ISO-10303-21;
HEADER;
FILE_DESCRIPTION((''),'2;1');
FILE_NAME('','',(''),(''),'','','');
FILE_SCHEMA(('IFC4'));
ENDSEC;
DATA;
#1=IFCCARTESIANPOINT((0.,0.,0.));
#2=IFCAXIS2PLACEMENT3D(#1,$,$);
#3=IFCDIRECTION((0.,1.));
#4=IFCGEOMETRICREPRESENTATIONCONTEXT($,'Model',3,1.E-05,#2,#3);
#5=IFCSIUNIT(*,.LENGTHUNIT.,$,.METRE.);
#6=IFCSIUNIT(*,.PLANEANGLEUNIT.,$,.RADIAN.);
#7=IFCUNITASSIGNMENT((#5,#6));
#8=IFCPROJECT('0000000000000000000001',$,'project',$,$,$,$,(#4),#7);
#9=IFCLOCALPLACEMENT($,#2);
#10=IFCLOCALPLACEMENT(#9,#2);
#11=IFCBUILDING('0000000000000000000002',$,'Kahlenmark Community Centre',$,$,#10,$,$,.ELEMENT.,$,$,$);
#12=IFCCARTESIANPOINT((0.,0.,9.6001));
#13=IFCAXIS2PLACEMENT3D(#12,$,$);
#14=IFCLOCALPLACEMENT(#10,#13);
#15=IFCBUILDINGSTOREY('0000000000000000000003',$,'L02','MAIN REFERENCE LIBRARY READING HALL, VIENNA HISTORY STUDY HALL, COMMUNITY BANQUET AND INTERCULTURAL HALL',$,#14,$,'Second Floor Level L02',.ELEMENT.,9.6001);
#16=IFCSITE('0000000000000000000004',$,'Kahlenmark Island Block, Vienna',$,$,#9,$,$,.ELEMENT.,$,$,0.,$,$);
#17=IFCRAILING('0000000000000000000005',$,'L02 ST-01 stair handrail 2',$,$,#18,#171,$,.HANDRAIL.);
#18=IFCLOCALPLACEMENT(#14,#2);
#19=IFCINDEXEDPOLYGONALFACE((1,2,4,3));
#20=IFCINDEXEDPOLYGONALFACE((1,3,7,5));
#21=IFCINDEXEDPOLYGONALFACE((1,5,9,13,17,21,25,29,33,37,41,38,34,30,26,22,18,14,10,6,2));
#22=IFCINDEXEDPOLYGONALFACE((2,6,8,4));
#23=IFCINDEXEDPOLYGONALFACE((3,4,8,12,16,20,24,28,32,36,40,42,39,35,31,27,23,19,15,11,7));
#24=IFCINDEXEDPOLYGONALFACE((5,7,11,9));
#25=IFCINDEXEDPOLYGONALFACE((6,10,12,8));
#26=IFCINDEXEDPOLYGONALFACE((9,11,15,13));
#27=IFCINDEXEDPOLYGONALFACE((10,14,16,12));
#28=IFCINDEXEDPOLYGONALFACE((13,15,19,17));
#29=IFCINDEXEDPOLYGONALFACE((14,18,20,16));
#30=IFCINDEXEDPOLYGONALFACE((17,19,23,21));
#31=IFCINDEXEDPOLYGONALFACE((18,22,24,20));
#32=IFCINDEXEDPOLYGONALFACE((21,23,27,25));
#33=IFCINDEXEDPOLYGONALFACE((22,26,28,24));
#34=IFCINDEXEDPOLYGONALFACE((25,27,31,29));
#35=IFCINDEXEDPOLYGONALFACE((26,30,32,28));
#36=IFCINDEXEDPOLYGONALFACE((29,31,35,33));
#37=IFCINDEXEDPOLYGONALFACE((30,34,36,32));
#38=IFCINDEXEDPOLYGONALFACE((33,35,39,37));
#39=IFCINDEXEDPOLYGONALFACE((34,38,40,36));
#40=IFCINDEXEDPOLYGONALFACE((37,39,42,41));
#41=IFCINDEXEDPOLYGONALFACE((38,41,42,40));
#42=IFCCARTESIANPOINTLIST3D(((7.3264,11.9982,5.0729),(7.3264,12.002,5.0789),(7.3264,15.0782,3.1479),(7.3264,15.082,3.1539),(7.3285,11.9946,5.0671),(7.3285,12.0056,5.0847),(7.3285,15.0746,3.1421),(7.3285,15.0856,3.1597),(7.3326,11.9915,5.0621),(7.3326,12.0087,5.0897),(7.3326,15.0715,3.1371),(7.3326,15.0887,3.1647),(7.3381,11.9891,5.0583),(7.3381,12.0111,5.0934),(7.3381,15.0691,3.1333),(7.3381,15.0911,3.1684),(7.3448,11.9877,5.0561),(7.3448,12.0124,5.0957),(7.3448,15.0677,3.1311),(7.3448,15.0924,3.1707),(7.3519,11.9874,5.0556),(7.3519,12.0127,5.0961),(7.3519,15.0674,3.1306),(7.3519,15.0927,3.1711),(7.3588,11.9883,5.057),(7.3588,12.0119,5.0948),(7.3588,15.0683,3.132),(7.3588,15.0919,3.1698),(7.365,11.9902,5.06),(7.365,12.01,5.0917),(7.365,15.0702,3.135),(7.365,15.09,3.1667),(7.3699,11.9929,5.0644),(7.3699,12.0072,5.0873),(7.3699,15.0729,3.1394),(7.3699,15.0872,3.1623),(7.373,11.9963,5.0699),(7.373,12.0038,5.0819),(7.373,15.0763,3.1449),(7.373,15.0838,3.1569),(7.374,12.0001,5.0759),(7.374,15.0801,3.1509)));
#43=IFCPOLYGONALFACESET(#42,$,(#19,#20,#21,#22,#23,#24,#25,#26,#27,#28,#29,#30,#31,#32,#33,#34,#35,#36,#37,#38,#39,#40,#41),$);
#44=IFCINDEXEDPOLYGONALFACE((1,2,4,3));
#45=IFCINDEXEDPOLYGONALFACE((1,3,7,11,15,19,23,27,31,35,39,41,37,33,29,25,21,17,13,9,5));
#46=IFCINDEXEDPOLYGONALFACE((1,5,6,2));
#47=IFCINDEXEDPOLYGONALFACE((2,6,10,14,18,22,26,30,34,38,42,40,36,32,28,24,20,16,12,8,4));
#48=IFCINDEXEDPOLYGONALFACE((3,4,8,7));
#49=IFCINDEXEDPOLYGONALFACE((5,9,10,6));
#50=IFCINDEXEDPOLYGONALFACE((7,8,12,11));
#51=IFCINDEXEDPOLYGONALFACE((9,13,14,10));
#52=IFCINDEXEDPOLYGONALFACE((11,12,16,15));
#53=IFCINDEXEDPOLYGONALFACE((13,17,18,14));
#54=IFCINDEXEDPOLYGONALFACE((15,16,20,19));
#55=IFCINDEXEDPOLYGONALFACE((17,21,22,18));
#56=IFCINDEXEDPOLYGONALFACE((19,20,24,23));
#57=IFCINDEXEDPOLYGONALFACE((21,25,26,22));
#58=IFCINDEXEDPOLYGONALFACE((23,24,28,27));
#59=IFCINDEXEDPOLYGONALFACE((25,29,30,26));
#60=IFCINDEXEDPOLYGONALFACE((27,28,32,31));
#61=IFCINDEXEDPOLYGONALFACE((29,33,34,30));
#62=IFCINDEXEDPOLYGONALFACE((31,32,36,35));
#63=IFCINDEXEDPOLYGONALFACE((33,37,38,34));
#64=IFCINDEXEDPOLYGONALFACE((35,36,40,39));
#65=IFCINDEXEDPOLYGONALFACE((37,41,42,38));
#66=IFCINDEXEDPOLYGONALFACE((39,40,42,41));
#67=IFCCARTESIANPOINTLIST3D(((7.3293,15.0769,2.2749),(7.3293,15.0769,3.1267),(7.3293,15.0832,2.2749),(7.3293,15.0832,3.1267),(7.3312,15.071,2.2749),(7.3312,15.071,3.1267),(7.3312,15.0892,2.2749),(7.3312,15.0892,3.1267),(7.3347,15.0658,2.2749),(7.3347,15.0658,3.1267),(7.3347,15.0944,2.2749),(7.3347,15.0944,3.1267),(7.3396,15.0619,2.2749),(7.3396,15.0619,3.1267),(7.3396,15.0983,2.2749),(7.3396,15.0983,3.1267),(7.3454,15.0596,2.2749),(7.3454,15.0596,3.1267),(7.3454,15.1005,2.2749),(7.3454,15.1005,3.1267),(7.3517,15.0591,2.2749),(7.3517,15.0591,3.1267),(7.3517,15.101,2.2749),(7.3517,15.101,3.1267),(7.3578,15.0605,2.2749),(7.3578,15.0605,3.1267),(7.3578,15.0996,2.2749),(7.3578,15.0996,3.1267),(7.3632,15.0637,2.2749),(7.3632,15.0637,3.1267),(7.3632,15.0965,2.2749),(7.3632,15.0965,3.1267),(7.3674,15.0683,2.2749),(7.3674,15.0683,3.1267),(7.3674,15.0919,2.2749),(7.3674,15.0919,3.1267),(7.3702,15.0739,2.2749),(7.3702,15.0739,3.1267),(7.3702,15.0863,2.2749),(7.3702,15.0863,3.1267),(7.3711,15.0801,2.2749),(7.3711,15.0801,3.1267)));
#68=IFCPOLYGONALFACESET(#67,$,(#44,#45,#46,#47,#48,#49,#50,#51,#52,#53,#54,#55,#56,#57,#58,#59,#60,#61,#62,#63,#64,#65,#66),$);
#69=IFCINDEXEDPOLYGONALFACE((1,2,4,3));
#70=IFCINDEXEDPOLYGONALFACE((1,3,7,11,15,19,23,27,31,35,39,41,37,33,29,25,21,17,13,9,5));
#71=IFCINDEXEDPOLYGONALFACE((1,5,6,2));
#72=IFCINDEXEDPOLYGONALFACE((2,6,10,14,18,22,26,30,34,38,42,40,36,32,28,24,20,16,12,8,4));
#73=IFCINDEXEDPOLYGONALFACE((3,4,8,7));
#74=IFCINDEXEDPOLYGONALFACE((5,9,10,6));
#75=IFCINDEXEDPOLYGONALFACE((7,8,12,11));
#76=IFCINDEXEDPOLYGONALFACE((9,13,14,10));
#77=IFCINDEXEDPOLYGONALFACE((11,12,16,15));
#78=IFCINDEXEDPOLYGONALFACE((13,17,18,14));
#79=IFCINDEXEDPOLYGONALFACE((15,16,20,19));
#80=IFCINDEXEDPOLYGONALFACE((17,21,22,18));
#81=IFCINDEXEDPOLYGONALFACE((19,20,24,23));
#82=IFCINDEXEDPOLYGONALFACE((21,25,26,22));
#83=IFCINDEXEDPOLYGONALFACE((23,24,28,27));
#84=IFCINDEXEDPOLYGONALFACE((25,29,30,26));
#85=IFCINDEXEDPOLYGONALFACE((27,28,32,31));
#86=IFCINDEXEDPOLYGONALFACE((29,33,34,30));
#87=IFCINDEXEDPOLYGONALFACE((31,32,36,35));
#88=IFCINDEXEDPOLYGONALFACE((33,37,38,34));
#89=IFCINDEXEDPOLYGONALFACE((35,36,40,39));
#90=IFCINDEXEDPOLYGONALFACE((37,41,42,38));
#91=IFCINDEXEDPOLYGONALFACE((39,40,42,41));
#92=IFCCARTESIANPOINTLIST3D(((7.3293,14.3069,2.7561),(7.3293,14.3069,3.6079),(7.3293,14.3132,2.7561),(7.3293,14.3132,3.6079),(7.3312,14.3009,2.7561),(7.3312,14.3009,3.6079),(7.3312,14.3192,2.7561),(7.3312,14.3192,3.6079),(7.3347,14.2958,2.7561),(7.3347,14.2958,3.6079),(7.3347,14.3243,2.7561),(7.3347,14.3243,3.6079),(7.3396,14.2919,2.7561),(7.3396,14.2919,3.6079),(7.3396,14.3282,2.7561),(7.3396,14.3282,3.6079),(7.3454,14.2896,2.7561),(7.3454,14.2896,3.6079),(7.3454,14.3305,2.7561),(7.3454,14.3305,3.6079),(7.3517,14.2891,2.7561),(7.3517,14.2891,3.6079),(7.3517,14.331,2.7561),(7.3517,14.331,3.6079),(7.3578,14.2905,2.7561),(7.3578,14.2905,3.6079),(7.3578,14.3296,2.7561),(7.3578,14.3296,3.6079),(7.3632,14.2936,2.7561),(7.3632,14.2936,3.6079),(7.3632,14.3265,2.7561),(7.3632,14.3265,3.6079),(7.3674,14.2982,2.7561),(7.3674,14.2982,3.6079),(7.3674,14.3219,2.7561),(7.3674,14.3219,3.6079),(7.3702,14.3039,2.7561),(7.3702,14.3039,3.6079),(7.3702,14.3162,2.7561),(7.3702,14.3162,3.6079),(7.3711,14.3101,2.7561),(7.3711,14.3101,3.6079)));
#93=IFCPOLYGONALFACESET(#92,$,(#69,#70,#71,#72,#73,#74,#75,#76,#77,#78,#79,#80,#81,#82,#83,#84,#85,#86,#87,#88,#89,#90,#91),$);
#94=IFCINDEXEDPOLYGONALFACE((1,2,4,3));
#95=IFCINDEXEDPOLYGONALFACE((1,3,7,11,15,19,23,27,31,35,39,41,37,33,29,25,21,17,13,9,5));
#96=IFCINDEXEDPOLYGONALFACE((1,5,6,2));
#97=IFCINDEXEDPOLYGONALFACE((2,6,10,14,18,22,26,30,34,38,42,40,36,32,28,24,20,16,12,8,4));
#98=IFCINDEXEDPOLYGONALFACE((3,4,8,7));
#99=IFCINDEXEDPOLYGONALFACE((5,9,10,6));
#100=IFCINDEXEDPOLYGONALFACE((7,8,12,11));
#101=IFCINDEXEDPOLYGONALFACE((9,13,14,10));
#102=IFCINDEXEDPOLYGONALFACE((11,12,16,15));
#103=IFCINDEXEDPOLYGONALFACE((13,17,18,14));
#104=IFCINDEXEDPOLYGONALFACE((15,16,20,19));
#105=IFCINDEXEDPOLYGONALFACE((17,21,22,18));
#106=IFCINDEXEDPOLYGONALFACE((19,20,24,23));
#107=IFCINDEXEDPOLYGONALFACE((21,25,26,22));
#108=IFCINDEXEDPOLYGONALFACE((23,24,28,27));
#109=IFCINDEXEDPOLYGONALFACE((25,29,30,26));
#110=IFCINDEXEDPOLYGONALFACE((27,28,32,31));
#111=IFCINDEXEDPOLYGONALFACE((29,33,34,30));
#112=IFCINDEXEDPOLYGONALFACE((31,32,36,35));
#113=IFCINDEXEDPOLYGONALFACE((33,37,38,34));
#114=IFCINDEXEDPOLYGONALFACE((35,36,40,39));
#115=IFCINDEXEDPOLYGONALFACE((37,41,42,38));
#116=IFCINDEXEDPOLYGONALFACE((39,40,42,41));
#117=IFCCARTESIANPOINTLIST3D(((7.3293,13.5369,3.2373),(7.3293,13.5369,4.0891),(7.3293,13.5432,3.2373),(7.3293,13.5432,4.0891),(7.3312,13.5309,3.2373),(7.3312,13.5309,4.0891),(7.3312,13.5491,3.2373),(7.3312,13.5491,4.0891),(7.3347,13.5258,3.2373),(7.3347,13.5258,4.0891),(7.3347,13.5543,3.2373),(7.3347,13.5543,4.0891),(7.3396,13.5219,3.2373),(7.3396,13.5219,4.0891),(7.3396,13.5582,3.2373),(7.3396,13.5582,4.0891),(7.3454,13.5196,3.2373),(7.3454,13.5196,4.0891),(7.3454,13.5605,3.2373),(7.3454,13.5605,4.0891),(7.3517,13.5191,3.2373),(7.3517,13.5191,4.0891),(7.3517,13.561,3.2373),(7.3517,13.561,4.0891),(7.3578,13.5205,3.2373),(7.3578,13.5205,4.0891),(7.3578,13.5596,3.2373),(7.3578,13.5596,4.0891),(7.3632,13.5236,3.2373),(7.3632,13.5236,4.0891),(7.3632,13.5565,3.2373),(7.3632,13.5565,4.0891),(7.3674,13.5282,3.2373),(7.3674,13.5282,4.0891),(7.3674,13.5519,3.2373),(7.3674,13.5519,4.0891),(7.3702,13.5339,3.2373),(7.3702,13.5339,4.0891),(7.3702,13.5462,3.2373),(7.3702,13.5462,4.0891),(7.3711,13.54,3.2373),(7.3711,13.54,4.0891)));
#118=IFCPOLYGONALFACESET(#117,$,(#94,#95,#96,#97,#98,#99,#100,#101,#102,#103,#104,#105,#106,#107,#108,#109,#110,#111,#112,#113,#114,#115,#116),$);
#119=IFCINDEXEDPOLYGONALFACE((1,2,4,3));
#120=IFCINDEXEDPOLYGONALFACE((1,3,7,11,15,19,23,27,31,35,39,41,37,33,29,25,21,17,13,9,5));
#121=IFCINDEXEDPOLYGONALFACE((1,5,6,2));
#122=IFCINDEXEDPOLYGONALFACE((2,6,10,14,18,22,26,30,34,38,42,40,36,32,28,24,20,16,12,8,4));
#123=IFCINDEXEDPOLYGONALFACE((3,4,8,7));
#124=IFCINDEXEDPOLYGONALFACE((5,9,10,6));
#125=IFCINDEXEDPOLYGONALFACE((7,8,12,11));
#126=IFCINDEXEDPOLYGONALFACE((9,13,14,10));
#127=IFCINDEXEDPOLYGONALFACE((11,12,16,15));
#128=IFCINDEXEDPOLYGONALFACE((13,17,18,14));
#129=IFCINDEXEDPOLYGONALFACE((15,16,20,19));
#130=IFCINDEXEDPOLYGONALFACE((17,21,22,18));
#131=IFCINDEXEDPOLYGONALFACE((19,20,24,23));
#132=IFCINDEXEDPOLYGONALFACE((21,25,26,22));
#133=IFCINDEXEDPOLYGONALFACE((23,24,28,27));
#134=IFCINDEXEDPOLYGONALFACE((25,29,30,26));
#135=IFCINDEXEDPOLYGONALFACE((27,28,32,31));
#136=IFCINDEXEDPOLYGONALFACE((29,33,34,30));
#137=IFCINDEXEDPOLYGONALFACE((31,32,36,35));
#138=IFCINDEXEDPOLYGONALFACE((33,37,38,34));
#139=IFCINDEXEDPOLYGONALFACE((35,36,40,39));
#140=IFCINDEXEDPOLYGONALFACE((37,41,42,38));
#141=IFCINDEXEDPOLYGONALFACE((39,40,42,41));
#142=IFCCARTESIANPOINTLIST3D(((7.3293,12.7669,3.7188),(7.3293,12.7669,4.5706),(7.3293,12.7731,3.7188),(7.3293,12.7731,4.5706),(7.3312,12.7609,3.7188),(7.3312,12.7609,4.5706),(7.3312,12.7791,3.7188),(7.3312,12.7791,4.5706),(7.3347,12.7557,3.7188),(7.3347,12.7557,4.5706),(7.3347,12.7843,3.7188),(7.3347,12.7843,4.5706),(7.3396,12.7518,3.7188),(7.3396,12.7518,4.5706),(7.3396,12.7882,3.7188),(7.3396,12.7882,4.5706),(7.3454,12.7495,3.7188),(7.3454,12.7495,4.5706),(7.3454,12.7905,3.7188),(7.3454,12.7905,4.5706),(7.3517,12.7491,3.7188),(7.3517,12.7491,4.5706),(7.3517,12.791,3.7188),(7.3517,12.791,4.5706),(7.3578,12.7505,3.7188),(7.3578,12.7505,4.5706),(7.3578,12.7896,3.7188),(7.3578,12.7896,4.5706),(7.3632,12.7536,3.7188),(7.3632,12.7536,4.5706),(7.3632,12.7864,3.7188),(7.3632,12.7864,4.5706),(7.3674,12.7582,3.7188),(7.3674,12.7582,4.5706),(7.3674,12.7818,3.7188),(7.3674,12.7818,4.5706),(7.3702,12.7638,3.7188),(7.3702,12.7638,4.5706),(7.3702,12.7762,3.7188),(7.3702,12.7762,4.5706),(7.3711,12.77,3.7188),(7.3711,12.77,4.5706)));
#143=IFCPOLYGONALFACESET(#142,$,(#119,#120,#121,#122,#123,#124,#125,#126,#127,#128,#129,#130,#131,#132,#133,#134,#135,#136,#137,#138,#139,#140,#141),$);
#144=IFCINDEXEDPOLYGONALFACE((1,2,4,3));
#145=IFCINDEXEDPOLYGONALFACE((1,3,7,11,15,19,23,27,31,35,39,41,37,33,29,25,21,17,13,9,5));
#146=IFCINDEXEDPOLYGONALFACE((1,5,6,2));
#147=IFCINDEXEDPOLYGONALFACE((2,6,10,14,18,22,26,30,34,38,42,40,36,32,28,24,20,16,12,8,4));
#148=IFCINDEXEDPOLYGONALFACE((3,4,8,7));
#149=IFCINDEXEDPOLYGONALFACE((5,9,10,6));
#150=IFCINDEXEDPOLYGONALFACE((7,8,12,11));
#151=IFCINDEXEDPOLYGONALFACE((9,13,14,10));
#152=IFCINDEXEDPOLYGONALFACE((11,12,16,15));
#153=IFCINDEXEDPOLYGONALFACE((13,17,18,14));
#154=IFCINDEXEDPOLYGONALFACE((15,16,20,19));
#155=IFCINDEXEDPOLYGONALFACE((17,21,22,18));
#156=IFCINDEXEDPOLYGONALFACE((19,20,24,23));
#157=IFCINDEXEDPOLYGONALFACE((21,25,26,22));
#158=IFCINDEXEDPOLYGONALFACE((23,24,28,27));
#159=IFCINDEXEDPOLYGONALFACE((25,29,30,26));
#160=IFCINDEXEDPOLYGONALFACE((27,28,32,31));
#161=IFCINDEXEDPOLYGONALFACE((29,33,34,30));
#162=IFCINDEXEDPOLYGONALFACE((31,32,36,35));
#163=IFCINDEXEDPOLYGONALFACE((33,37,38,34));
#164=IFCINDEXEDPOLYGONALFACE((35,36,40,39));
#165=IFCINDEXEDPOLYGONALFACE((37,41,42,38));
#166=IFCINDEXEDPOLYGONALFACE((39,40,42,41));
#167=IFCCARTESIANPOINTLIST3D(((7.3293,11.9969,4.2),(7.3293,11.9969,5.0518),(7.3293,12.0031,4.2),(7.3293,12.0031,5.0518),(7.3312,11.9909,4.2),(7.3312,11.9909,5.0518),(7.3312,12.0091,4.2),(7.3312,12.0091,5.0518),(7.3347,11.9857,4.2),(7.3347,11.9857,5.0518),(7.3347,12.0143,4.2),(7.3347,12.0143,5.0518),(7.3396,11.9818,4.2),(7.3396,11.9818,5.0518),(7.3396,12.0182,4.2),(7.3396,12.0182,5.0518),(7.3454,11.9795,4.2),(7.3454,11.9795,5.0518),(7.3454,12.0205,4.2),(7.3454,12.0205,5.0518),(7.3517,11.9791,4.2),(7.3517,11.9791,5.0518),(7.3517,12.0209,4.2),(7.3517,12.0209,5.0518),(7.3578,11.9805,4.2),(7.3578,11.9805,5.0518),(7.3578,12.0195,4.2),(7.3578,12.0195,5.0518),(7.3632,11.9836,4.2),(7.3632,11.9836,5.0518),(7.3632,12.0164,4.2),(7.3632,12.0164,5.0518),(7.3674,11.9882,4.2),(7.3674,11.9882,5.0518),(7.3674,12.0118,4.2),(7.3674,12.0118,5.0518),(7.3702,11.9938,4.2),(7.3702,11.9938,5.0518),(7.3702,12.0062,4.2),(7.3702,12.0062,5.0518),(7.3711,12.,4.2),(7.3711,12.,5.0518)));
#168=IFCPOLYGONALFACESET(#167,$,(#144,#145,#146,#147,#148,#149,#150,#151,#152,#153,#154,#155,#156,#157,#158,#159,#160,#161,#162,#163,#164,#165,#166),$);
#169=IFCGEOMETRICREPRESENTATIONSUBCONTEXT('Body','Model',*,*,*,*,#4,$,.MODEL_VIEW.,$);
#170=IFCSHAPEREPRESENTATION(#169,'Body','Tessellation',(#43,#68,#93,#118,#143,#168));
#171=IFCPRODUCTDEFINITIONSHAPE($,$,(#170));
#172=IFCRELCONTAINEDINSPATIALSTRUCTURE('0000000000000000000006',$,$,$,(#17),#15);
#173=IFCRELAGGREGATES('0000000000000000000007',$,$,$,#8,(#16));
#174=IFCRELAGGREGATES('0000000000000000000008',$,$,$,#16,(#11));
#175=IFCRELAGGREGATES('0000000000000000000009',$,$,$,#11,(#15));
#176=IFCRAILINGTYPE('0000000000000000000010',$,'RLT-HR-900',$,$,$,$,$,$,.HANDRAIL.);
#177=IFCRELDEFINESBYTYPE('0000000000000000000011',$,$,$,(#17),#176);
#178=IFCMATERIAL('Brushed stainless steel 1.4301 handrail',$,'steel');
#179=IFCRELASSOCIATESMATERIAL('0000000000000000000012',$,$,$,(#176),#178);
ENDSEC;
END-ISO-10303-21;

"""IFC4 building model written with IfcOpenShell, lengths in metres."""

from ifc_helpers import new_model, si_unit, direction, frame, origin, origin_2d, place, context, subcontext, project, spatial, circle, extrude, material, type_object, element, save


model = new_model("IFC4")

# Units and contexts
model_context = context("Model", 3, precision=1e-05, world=origin(), true_north=direction((0.0, 1.0)))
body_context = subcontext(model_context, "Body", "Model", "MODEL_VIEW")
ifc_project = project(units=[si_unit("LENGTHUNIT", "METRE"), si_unit("PLANEANGLEUNIT", "RADIAN")], contexts=[model_context])

# Site, building, storey
site_placement = place(None, origin())
site = spatial("IfcSite", under=ifc_project, at=site_placement, Name="Kahlenmark Island Block, Vienna", CompositionType="ELEMENT", RefElevation=0.0)
building_placement = place(site_placement, origin())
building = spatial("IfcBuilding", under=site, at=building_placement, Name="Kahlenmark Community Centre", CompositionType="ELEMENT")
storey_placement = place(building_placement, frame((0.0, 0.0, 9.6001)))
storey = spatial("IfcBuildingStorey", under=building, at=storey_placement, Name="L02", Description="MAIN REFERENCE LIBRARY READING HALL, VIENNA HISTORY STUDY HALL, COMMUNITY BANQUET AND INTERCULTURAL HALL", LongName="Second Floor Level L02", CompositionType="ELEMENT", Elevation=9.6001)

# Railing
ifc_material_1 = material(Name="Brushed stainless steel 1.4301 handrail", Category="steel")
railing_type_1 = type_object("IfcRailingType", Name="RLT-HR-900", PredefinedType="HANDRAIL", material=ifc_material_1)
railing_1_placement = place(storey_placement, frame((7.3501, 15.0801, 2.2749)))
element("IfcRailing", 1, at=railing_1_placement, inside=storey, type_object=railing_type_1, Name="L02 ST-01 stair handrail 2", PredefinedType="HANDRAIL", context=body_context, shape_type="SweptSolid", body=[
    extrude(circle(Radius=0.0239, at=origin_2d()), frame((0.0, 0.0, 0.876), z_axis=(0.0, -0.847998, 0.529999), x_axis=(1.0, 0.0, 0.0)), (0.0, 0.0, 1.0), 3.6321),
    extrude(circle(Radius=0.021, at=origin_2d()), origin(), (0.0, 0.0, 1.0), 0.8518),
    extrude(circle(Radius=0.021, at=origin_2d()), frame((0.0, -0.77, 0.4812)), (0.0, 0.0, 1.0), 0.8518),
    extrude(circle(Radius=0.021, at=origin_2d()), frame((0.0, -1.54, 0.9624)), (0.0, 0.0, 1.0), 0.8518),
    extrude(circle(Radius=0.021, at=origin_2d()), frame((0.0, -2.3101, 1.4438)), (0.0, 0.0, 1.0), 0.8518),
    extrude(circle(Radius=0.021, at=origin_2d()), frame((0.0, -3.0801, 1.925)), (0.0, 0.0, 1.0), 0.8518),
])

save(model, "model.ifc")
